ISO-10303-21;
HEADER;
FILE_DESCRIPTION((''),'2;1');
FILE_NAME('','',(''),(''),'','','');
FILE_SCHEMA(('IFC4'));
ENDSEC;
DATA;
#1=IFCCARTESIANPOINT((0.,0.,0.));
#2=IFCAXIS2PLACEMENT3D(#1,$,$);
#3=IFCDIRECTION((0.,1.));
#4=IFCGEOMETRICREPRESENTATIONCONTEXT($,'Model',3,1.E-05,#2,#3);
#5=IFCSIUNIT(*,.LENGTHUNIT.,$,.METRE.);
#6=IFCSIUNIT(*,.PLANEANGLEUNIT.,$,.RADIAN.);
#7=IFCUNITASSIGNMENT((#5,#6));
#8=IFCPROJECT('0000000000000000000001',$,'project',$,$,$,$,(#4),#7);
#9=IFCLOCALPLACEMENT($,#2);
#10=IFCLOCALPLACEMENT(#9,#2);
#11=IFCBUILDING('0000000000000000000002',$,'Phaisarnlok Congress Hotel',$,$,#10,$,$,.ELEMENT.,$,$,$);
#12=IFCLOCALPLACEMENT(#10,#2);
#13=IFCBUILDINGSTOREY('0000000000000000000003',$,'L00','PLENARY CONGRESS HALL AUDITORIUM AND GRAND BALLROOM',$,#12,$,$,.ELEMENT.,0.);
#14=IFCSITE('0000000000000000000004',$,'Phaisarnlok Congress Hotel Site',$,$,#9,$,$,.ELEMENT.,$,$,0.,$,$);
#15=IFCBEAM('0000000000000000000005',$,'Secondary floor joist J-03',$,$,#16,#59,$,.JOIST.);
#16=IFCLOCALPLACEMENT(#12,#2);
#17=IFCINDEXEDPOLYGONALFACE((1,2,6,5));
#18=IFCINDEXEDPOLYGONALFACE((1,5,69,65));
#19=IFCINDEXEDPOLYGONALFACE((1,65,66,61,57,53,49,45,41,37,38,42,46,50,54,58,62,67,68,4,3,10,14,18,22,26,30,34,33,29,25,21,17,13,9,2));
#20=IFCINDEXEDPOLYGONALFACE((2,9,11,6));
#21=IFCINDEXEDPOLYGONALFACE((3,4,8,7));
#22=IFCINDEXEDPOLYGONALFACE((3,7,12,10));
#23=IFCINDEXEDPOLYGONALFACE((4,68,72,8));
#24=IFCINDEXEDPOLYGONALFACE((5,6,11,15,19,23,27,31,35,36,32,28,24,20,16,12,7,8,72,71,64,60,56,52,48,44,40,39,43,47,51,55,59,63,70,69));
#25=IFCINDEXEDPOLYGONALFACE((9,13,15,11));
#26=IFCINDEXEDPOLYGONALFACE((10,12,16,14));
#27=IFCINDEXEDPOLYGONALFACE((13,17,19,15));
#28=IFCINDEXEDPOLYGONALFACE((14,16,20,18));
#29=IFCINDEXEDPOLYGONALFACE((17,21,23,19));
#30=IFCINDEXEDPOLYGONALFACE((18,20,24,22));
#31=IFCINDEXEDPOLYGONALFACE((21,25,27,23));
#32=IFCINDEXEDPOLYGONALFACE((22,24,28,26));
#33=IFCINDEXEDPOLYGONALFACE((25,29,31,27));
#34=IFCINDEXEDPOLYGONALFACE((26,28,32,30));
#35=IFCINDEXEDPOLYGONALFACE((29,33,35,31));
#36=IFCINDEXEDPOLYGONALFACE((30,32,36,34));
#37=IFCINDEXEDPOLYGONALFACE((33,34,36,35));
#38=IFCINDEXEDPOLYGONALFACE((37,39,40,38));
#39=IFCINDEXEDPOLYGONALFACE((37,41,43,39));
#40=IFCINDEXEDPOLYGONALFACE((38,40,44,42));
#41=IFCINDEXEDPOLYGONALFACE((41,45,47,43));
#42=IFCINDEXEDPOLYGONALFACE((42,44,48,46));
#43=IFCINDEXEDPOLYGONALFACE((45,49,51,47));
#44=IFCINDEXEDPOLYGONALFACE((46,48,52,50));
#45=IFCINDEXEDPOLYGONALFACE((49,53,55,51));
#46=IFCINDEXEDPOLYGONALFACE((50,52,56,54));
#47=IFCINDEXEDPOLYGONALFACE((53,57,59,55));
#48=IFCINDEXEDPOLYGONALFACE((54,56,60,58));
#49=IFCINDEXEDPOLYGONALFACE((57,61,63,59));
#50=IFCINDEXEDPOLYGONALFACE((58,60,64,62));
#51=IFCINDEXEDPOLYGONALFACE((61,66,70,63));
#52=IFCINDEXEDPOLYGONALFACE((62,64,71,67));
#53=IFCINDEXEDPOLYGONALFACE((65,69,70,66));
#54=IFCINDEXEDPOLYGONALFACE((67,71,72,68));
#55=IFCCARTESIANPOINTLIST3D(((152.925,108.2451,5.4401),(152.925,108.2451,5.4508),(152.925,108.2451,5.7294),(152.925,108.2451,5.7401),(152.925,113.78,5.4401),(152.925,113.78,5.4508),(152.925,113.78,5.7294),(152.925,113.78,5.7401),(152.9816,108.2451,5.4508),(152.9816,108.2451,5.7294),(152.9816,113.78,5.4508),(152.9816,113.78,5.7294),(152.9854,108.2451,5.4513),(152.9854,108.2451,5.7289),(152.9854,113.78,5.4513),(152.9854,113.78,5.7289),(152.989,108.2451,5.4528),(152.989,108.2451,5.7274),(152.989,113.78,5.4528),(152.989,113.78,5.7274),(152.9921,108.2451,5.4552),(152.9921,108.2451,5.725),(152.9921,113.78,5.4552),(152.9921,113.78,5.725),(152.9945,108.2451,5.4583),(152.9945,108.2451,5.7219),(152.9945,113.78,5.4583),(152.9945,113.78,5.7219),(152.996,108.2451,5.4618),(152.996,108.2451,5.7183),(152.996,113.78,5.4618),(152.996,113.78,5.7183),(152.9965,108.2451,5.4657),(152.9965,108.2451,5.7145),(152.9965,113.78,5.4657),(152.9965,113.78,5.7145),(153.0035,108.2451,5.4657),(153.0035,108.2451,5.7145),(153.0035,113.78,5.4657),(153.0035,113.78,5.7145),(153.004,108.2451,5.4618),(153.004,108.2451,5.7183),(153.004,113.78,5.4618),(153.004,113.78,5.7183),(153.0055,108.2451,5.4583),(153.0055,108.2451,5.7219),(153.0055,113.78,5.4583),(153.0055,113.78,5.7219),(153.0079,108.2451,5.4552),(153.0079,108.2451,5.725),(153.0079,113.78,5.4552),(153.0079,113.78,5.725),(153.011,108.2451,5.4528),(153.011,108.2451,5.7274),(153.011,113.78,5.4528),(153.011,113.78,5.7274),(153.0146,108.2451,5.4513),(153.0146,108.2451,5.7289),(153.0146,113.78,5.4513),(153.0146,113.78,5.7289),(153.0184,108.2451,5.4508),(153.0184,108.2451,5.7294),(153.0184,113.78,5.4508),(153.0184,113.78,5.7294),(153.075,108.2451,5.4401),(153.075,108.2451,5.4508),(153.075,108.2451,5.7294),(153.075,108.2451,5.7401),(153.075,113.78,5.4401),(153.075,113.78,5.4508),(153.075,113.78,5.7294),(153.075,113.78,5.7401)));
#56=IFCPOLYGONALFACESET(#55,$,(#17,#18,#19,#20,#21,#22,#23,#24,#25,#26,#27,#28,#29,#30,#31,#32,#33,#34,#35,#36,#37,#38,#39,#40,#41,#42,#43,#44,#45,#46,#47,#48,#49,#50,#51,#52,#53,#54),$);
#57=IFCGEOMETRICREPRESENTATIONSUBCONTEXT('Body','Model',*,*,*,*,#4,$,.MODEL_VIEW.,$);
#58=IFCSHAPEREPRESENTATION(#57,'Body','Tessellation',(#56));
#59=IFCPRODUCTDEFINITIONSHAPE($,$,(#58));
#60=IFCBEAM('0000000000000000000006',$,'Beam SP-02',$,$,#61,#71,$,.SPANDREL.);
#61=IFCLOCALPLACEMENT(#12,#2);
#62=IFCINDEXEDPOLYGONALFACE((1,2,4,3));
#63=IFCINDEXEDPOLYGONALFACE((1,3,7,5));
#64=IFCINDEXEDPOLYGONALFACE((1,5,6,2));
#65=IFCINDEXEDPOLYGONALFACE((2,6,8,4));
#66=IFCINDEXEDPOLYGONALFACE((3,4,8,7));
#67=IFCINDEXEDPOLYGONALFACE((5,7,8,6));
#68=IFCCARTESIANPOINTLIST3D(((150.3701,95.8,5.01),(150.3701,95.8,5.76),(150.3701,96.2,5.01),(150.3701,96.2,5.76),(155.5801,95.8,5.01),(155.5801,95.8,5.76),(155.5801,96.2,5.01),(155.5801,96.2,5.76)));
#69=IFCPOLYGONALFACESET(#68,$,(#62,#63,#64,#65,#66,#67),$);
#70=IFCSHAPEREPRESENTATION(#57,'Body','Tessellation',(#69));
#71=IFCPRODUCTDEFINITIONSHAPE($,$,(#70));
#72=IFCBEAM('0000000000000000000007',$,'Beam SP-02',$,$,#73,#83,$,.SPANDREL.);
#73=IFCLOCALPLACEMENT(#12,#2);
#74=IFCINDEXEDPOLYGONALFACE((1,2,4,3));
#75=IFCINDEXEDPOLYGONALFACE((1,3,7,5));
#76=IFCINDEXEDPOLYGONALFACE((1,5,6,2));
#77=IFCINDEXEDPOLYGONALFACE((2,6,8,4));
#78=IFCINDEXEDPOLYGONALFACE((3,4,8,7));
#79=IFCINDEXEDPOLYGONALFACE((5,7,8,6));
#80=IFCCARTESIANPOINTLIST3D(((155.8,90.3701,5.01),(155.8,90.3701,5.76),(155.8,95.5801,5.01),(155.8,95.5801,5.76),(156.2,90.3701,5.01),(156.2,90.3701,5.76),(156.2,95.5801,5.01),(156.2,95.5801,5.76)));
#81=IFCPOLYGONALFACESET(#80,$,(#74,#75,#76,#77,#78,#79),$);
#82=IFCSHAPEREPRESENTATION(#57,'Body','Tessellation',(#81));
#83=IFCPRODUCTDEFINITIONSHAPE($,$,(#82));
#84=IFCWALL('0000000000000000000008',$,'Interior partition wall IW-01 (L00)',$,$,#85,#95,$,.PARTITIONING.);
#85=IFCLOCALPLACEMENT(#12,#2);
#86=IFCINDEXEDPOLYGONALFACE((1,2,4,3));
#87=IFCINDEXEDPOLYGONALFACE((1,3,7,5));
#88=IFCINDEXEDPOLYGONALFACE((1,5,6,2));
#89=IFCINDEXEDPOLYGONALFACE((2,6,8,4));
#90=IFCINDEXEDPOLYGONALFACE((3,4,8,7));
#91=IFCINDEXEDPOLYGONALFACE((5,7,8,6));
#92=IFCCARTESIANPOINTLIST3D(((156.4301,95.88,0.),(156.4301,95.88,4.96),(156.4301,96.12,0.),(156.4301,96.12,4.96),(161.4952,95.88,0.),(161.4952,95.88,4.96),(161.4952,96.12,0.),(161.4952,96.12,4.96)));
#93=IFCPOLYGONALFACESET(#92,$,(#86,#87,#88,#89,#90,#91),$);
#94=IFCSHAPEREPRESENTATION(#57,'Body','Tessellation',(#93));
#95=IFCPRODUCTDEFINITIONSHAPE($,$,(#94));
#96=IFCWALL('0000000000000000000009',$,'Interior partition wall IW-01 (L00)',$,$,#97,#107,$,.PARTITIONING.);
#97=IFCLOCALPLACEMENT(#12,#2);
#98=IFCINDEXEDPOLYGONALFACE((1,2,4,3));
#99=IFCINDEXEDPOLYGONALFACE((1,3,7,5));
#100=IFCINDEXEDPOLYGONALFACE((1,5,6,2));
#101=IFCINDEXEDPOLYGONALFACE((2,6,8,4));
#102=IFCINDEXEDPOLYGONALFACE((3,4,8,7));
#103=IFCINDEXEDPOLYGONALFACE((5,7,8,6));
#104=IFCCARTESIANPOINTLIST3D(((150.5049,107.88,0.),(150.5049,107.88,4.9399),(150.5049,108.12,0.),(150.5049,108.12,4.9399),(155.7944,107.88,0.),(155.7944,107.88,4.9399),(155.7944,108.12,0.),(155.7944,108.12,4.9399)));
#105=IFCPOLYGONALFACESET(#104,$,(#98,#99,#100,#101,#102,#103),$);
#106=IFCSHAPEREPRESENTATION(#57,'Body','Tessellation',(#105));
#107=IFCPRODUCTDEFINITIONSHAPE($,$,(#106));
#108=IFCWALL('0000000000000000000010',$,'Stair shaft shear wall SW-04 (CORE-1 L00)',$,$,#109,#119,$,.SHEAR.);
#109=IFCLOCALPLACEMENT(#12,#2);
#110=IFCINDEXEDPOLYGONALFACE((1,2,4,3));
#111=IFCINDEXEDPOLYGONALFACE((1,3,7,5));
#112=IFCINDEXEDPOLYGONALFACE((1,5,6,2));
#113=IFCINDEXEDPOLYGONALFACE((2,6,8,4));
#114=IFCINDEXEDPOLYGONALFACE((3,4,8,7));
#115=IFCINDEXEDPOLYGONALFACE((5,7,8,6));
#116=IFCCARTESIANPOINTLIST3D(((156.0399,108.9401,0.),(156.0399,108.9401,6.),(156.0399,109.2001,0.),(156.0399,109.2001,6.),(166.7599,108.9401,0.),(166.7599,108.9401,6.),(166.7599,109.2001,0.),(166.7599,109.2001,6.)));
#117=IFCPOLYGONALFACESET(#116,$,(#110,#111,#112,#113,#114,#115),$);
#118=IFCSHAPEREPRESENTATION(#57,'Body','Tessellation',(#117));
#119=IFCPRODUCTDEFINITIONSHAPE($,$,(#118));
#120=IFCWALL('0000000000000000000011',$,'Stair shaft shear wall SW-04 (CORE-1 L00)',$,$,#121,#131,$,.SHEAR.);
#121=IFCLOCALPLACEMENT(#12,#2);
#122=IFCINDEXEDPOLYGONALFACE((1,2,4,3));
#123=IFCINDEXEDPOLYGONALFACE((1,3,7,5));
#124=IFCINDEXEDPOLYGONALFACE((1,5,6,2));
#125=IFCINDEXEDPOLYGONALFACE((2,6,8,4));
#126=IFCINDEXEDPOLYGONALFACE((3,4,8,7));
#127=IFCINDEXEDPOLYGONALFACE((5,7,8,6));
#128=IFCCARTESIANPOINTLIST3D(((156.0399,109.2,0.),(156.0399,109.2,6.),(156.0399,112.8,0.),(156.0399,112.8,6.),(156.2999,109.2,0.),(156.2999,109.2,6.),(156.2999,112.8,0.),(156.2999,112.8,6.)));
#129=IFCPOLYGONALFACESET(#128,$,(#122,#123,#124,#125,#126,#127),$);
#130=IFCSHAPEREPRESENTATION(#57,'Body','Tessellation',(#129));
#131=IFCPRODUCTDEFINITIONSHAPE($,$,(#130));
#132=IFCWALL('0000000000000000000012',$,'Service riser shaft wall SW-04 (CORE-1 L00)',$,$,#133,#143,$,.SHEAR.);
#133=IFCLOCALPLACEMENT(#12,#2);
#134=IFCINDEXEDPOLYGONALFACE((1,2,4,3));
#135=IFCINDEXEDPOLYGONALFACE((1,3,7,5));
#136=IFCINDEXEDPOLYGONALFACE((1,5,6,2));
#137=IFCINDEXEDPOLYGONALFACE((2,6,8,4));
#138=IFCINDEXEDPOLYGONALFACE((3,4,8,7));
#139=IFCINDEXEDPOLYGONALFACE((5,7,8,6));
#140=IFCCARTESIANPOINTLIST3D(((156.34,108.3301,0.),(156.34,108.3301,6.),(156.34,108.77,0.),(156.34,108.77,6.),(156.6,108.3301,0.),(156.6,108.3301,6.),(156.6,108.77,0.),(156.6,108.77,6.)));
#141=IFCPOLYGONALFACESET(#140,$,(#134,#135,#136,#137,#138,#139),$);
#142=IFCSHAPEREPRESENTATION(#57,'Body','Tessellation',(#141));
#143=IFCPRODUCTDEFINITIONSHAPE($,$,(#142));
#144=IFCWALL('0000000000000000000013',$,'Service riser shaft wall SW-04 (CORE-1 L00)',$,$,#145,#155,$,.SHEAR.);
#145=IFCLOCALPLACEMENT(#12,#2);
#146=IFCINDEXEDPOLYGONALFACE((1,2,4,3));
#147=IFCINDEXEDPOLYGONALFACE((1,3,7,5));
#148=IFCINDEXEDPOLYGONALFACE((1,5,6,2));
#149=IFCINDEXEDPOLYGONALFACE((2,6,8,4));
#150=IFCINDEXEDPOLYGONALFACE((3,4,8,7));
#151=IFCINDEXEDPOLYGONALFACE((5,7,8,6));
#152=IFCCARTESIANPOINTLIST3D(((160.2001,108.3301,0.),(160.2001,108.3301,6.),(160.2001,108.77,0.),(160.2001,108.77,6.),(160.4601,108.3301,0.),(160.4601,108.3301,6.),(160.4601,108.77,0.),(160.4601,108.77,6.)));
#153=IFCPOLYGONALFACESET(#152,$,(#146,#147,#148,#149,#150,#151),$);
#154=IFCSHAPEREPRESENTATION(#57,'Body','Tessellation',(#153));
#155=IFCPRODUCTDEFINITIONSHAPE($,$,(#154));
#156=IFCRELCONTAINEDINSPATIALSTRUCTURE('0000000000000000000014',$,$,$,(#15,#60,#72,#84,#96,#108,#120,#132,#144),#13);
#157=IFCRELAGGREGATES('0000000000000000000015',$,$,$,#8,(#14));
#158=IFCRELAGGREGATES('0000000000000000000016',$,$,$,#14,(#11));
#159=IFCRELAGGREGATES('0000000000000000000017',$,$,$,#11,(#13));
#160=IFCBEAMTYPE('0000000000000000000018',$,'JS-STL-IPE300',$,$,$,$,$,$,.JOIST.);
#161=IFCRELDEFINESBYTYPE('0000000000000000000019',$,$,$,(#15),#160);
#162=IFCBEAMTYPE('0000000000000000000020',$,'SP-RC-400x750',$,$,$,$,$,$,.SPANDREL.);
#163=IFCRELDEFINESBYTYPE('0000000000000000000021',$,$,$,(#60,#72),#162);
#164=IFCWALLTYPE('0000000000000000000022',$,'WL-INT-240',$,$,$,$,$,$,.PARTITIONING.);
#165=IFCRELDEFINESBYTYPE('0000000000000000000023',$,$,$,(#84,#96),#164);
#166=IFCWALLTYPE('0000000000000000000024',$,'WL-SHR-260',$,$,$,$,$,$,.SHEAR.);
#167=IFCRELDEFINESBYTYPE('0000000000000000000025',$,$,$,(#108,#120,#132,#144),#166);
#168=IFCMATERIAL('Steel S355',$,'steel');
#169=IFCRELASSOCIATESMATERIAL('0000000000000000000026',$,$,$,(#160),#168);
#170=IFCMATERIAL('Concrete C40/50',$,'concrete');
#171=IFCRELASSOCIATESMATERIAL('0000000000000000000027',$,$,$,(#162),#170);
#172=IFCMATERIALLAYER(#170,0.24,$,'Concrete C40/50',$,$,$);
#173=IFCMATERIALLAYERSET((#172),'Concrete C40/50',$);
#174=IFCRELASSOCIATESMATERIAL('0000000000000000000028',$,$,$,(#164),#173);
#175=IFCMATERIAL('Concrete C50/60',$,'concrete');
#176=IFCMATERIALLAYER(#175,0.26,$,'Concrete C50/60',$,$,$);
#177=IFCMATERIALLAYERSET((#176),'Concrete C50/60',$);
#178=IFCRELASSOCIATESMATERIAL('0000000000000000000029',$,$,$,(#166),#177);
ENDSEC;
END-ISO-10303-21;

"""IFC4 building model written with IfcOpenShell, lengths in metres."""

from ifc_helpers import new_model, si_unit, direction, frame, frame_2d, origin, origin_2d, place, context, subcontext, project, spatial, rectangle, i_section, extrude, material, layer, layer_set, material_profile, profile_set, type_object, element, save


model = new_model("IFC4")

# Units and contexts
model_context = context("Model", 3, precision=1e-05, world=origin(), true_north=direction((0.0, 1.0)))
body_context = subcontext(model_context, "Body", "Model", "MODEL_VIEW")
ifc_project = project(units=[si_unit("LENGTHUNIT", "METRE"), si_unit("PLANEANGLEUNIT", "RADIAN")], contexts=[model_context])

# Site, building, storey
site_placement = place(None, origin())
site = spatial("IfcSite", under=ifc_project, at=site_placement, Name="Phaisarnlok Congress Hotel Site", CompositionType="ELEMENT", RefElevation=0.0)
building_placement = place(site_placement, origin())
building = spatial("IfcBuilding", under=site, at=building_placement, Name="Phaisarnlok Congress Hotel", CompositionType="ELEMENT")
storey_placement = place(building_placement, origin())
storey = spatial("IfcBuildingStorey", under=building, at=storey_placement, Name="L00", Description="PLENARY CONGRESS HALL AUDITORIUM AND GRAND BALLROOM", CompositionType="ELEMENT", Elevation=0.0)

# Shared definitions
ifc_material_1 = material(Name="Concrete C50/60", Category="concrete")
ifc_material_2 = material(Name="Steel S355", Category="steel")

# Beams
ifc_material_3 = material(Name="Concrete C40/50", Category="concrete")
ifc_material_profile_1 = material_profile(ifc_material_2, i_section(OverallWidth=0.1499, OverallDepth=0.3, WebThickness=0.0071, FlangeThickness=0.0107, FilletRadius=0.0149, at=origin_2d()), Name="IPE 300")
ifc_profile_set_1 = profile_set([ifc_material_profile_1], Name="Steel S355")
beam_type_1 = type_object("IfcBeamType", Name="JS-STL-IPE300", PredefinedType="JOIST", material=ifc_profile_set_1)
beam_1_placement = place(storey_placement, frame((153.0, 108.2451, 5.5901), z_axis=(0.0, 1.0, 0.0), x_axis=(-1.0, 0.0, 0.0)))
element("IfcBeam", 1, at=beam_1_placement, inside=storey, type_object=beam_type_1, Name="Secondary floor joist J-03", PredefinedType="JOIST", context=body_context, shape_type="SweptSolid", body=[
    extrude(i_section(OverallWidth=0.1499, OverallDepth=0.3, WebThickness=0.0071, FlangeThickness=0.0107, FilletRadius=0.0149, at=origin_2d()), origin(), (0.0, 0.0, 1.0), 5.5349),
])
ifc_material_profile_2 = material_profile(ifc_material_3, rectangle(XDim=0.3999, YDim=0.75, at=origin_2d()), Name="RC 400x750")
ifc_profile_set_2 = profile_set([ifc_material_profile_2], Name="Concrete C40/50")
beam_type_2 = type_object("IfcBeamType", Name="SP-RC-400x750", PredefinedType="SPANDREL", material=ifc_profile_set_2)
for number, where, z_axis, x_axis, name in (
    (2, (150.3701, 96.0, 5.385), (1.0, 0.0, 0.0), (0.0, 1.0, 0.0), "Beam SP-02"),
    (3, (156.0, 90.3701, 5.385), (0.0, 1.0, 0.0), (-1.0, 0.0, 0.0), "Beam SP-02"),
):
    element("IfcBeam", number, at=place(storey_placement, frame(where, z_axis=z_axis, x_axis=x_axis)), inside=storey, type_object=beam_type_2, Name=name, PredefinedType="SPANDREL", context=body_context, shape_type="SweptSolid", body=[
        extrude(rectangle(XDim=0.3999, YDim=0.75, at=origin_2d()), origin(), (0.0, 0.0, 1.0), 5.21),
    ])

# Walls
ifc_layer_1 = layer(ifc_material_3, 0.24, Name="Concrete C40/50")
ifc_layer_set_1 = layer_set([ifc_layer_1], Name="Concrete C40/50")
wall_type_1 = type_object("IfcWallType", Name="WL-INT-240", PredefinedType="PARTITIONING", material=ifc_layer_set_1)
wall_1_placement = place(storey_placement, frame((156.4299, 96.0, 0.0), z_axis=(0.0, 0.0, 1.0), x_axis=(1.0, 0.0, 0.0)))
element("IfcWall", 4, at=wall_1_placement, inside=storey, type_object=wall_type_1, Name="Interior partition wall IW-01 (L00)", PredefinedType="PARTITIONING", context=body_context, shape_type="SweptSolid", body=[
    extrude(rectangle(XDim=5.0652, YDim=0.24, at=frame_2d((2.5327, 0.0))), origin(), (0.0, 0.0, 1.0), 4.96),
])
wall_2_placement = place(storey_placement, frame((150.5049, 108.0, 0.0), z_axis=(0.0, 0.0, 1.0), x_axis=(1.0, 0.0, 0.0)))
element("IfcWall", 5, at=wall_2_placement, inside=storey, type_object=wall_type_1, Name="Interior partition wall IW-01 (L00)", PredefinedType="PARTITIONING", context=body_context, shape_type="SweptSolid", body=[
    extrude(rectangle(XDim=5.2896, YDim=0.24, at=frame_2d((2.6448, 0.0))), origin(), (0.0, 0.0, 1.0), 4.9399),
])
ifc_layer_2 = layer(ifc_material_1, 0.26, Name="Concrete C50/60")
ifc_layer_set_2 = layer_set([ifc_layer_2], Name="Concrete C50/60")
wall_type_2 = type_object("IfcWallType", Name="WL-SHR-260", PredefinedType="SHEAR", material=ifc_layer_set_2)
wall_3_placement = place(storey_placement, frame((156.04, 109.0701, 0.0), z_axis=(0.0, 0.0, 1.0), x_axis=(1.0, 0.0, 0.0)))
element("IfcWall", 6, at=wall_3_placement, inside=storey, type_object=wall_type_2, Name="Stair shaft shear wall SW-04 (CORE-1 L00)", PredefinedType="SHEAR", context=body_context, shape_type="SweptSolid", body=[
    extrude(rectangle(XDim=10.72, YDim=0.26, at=frame_2d((5.3599, 0.0))), origin(), (0.0, 0.0, 1.0), 6.0),
])
wall_4_placement = place(storey_placement, frame((156.1699, 109.2, 0.0), z_axis=(0.0, 0.0, 1.0), x_axis=(0.0, 1.0, 0.0)))
element("IfcWall", 7, at=wall_4_placement, inside=storey, type_object=wall_type_2, Name="Stair shaft shear wall SW-04 (CORE-1 L00)", PredefinedType="SHEAR", context=body_context, shape_type="SweptSolid", body=[
    extrude(rectangle(XDim=3.6001, YDim=0.26, at=frame_2d((1.8, 0.0))), origin(), (0.0, 0.0, 1.0), 6.0),
])
for number, where, z_axis, x_axis, name in (
    (8, (156.47, 108.3301, 0.0), (0.0, 0.0, 1.0), (0.0, 1.0, 0.0), "Service riser shaft wall SW-04 (CORE-1 L00)"),
    (9, (160.3301, 108.3301, 0.0), (0.0, 0.0, 1.0), (0.0, 1.0, 0.0), "Service riser shaft wall SW-04 (CORE-1 L00)"),
):
    element("IfcWall", number, at=place(storey_placement, frame(where, z_axis=z_axis, x_axis=x_axis)), inside=storey, type_object=wall_type_2, Name=name, PredefinedType="SHEAR", context=body_context, shape_type="SweptSolid", body=[
        extrude(rectangle(XDim=0.4399, YDim=0.26, at=frame_2d((0.22, 0.0))), origin(), (0.0, 0.0, 1.0), 6.0),
    ])

save(model, "model.ifc")
